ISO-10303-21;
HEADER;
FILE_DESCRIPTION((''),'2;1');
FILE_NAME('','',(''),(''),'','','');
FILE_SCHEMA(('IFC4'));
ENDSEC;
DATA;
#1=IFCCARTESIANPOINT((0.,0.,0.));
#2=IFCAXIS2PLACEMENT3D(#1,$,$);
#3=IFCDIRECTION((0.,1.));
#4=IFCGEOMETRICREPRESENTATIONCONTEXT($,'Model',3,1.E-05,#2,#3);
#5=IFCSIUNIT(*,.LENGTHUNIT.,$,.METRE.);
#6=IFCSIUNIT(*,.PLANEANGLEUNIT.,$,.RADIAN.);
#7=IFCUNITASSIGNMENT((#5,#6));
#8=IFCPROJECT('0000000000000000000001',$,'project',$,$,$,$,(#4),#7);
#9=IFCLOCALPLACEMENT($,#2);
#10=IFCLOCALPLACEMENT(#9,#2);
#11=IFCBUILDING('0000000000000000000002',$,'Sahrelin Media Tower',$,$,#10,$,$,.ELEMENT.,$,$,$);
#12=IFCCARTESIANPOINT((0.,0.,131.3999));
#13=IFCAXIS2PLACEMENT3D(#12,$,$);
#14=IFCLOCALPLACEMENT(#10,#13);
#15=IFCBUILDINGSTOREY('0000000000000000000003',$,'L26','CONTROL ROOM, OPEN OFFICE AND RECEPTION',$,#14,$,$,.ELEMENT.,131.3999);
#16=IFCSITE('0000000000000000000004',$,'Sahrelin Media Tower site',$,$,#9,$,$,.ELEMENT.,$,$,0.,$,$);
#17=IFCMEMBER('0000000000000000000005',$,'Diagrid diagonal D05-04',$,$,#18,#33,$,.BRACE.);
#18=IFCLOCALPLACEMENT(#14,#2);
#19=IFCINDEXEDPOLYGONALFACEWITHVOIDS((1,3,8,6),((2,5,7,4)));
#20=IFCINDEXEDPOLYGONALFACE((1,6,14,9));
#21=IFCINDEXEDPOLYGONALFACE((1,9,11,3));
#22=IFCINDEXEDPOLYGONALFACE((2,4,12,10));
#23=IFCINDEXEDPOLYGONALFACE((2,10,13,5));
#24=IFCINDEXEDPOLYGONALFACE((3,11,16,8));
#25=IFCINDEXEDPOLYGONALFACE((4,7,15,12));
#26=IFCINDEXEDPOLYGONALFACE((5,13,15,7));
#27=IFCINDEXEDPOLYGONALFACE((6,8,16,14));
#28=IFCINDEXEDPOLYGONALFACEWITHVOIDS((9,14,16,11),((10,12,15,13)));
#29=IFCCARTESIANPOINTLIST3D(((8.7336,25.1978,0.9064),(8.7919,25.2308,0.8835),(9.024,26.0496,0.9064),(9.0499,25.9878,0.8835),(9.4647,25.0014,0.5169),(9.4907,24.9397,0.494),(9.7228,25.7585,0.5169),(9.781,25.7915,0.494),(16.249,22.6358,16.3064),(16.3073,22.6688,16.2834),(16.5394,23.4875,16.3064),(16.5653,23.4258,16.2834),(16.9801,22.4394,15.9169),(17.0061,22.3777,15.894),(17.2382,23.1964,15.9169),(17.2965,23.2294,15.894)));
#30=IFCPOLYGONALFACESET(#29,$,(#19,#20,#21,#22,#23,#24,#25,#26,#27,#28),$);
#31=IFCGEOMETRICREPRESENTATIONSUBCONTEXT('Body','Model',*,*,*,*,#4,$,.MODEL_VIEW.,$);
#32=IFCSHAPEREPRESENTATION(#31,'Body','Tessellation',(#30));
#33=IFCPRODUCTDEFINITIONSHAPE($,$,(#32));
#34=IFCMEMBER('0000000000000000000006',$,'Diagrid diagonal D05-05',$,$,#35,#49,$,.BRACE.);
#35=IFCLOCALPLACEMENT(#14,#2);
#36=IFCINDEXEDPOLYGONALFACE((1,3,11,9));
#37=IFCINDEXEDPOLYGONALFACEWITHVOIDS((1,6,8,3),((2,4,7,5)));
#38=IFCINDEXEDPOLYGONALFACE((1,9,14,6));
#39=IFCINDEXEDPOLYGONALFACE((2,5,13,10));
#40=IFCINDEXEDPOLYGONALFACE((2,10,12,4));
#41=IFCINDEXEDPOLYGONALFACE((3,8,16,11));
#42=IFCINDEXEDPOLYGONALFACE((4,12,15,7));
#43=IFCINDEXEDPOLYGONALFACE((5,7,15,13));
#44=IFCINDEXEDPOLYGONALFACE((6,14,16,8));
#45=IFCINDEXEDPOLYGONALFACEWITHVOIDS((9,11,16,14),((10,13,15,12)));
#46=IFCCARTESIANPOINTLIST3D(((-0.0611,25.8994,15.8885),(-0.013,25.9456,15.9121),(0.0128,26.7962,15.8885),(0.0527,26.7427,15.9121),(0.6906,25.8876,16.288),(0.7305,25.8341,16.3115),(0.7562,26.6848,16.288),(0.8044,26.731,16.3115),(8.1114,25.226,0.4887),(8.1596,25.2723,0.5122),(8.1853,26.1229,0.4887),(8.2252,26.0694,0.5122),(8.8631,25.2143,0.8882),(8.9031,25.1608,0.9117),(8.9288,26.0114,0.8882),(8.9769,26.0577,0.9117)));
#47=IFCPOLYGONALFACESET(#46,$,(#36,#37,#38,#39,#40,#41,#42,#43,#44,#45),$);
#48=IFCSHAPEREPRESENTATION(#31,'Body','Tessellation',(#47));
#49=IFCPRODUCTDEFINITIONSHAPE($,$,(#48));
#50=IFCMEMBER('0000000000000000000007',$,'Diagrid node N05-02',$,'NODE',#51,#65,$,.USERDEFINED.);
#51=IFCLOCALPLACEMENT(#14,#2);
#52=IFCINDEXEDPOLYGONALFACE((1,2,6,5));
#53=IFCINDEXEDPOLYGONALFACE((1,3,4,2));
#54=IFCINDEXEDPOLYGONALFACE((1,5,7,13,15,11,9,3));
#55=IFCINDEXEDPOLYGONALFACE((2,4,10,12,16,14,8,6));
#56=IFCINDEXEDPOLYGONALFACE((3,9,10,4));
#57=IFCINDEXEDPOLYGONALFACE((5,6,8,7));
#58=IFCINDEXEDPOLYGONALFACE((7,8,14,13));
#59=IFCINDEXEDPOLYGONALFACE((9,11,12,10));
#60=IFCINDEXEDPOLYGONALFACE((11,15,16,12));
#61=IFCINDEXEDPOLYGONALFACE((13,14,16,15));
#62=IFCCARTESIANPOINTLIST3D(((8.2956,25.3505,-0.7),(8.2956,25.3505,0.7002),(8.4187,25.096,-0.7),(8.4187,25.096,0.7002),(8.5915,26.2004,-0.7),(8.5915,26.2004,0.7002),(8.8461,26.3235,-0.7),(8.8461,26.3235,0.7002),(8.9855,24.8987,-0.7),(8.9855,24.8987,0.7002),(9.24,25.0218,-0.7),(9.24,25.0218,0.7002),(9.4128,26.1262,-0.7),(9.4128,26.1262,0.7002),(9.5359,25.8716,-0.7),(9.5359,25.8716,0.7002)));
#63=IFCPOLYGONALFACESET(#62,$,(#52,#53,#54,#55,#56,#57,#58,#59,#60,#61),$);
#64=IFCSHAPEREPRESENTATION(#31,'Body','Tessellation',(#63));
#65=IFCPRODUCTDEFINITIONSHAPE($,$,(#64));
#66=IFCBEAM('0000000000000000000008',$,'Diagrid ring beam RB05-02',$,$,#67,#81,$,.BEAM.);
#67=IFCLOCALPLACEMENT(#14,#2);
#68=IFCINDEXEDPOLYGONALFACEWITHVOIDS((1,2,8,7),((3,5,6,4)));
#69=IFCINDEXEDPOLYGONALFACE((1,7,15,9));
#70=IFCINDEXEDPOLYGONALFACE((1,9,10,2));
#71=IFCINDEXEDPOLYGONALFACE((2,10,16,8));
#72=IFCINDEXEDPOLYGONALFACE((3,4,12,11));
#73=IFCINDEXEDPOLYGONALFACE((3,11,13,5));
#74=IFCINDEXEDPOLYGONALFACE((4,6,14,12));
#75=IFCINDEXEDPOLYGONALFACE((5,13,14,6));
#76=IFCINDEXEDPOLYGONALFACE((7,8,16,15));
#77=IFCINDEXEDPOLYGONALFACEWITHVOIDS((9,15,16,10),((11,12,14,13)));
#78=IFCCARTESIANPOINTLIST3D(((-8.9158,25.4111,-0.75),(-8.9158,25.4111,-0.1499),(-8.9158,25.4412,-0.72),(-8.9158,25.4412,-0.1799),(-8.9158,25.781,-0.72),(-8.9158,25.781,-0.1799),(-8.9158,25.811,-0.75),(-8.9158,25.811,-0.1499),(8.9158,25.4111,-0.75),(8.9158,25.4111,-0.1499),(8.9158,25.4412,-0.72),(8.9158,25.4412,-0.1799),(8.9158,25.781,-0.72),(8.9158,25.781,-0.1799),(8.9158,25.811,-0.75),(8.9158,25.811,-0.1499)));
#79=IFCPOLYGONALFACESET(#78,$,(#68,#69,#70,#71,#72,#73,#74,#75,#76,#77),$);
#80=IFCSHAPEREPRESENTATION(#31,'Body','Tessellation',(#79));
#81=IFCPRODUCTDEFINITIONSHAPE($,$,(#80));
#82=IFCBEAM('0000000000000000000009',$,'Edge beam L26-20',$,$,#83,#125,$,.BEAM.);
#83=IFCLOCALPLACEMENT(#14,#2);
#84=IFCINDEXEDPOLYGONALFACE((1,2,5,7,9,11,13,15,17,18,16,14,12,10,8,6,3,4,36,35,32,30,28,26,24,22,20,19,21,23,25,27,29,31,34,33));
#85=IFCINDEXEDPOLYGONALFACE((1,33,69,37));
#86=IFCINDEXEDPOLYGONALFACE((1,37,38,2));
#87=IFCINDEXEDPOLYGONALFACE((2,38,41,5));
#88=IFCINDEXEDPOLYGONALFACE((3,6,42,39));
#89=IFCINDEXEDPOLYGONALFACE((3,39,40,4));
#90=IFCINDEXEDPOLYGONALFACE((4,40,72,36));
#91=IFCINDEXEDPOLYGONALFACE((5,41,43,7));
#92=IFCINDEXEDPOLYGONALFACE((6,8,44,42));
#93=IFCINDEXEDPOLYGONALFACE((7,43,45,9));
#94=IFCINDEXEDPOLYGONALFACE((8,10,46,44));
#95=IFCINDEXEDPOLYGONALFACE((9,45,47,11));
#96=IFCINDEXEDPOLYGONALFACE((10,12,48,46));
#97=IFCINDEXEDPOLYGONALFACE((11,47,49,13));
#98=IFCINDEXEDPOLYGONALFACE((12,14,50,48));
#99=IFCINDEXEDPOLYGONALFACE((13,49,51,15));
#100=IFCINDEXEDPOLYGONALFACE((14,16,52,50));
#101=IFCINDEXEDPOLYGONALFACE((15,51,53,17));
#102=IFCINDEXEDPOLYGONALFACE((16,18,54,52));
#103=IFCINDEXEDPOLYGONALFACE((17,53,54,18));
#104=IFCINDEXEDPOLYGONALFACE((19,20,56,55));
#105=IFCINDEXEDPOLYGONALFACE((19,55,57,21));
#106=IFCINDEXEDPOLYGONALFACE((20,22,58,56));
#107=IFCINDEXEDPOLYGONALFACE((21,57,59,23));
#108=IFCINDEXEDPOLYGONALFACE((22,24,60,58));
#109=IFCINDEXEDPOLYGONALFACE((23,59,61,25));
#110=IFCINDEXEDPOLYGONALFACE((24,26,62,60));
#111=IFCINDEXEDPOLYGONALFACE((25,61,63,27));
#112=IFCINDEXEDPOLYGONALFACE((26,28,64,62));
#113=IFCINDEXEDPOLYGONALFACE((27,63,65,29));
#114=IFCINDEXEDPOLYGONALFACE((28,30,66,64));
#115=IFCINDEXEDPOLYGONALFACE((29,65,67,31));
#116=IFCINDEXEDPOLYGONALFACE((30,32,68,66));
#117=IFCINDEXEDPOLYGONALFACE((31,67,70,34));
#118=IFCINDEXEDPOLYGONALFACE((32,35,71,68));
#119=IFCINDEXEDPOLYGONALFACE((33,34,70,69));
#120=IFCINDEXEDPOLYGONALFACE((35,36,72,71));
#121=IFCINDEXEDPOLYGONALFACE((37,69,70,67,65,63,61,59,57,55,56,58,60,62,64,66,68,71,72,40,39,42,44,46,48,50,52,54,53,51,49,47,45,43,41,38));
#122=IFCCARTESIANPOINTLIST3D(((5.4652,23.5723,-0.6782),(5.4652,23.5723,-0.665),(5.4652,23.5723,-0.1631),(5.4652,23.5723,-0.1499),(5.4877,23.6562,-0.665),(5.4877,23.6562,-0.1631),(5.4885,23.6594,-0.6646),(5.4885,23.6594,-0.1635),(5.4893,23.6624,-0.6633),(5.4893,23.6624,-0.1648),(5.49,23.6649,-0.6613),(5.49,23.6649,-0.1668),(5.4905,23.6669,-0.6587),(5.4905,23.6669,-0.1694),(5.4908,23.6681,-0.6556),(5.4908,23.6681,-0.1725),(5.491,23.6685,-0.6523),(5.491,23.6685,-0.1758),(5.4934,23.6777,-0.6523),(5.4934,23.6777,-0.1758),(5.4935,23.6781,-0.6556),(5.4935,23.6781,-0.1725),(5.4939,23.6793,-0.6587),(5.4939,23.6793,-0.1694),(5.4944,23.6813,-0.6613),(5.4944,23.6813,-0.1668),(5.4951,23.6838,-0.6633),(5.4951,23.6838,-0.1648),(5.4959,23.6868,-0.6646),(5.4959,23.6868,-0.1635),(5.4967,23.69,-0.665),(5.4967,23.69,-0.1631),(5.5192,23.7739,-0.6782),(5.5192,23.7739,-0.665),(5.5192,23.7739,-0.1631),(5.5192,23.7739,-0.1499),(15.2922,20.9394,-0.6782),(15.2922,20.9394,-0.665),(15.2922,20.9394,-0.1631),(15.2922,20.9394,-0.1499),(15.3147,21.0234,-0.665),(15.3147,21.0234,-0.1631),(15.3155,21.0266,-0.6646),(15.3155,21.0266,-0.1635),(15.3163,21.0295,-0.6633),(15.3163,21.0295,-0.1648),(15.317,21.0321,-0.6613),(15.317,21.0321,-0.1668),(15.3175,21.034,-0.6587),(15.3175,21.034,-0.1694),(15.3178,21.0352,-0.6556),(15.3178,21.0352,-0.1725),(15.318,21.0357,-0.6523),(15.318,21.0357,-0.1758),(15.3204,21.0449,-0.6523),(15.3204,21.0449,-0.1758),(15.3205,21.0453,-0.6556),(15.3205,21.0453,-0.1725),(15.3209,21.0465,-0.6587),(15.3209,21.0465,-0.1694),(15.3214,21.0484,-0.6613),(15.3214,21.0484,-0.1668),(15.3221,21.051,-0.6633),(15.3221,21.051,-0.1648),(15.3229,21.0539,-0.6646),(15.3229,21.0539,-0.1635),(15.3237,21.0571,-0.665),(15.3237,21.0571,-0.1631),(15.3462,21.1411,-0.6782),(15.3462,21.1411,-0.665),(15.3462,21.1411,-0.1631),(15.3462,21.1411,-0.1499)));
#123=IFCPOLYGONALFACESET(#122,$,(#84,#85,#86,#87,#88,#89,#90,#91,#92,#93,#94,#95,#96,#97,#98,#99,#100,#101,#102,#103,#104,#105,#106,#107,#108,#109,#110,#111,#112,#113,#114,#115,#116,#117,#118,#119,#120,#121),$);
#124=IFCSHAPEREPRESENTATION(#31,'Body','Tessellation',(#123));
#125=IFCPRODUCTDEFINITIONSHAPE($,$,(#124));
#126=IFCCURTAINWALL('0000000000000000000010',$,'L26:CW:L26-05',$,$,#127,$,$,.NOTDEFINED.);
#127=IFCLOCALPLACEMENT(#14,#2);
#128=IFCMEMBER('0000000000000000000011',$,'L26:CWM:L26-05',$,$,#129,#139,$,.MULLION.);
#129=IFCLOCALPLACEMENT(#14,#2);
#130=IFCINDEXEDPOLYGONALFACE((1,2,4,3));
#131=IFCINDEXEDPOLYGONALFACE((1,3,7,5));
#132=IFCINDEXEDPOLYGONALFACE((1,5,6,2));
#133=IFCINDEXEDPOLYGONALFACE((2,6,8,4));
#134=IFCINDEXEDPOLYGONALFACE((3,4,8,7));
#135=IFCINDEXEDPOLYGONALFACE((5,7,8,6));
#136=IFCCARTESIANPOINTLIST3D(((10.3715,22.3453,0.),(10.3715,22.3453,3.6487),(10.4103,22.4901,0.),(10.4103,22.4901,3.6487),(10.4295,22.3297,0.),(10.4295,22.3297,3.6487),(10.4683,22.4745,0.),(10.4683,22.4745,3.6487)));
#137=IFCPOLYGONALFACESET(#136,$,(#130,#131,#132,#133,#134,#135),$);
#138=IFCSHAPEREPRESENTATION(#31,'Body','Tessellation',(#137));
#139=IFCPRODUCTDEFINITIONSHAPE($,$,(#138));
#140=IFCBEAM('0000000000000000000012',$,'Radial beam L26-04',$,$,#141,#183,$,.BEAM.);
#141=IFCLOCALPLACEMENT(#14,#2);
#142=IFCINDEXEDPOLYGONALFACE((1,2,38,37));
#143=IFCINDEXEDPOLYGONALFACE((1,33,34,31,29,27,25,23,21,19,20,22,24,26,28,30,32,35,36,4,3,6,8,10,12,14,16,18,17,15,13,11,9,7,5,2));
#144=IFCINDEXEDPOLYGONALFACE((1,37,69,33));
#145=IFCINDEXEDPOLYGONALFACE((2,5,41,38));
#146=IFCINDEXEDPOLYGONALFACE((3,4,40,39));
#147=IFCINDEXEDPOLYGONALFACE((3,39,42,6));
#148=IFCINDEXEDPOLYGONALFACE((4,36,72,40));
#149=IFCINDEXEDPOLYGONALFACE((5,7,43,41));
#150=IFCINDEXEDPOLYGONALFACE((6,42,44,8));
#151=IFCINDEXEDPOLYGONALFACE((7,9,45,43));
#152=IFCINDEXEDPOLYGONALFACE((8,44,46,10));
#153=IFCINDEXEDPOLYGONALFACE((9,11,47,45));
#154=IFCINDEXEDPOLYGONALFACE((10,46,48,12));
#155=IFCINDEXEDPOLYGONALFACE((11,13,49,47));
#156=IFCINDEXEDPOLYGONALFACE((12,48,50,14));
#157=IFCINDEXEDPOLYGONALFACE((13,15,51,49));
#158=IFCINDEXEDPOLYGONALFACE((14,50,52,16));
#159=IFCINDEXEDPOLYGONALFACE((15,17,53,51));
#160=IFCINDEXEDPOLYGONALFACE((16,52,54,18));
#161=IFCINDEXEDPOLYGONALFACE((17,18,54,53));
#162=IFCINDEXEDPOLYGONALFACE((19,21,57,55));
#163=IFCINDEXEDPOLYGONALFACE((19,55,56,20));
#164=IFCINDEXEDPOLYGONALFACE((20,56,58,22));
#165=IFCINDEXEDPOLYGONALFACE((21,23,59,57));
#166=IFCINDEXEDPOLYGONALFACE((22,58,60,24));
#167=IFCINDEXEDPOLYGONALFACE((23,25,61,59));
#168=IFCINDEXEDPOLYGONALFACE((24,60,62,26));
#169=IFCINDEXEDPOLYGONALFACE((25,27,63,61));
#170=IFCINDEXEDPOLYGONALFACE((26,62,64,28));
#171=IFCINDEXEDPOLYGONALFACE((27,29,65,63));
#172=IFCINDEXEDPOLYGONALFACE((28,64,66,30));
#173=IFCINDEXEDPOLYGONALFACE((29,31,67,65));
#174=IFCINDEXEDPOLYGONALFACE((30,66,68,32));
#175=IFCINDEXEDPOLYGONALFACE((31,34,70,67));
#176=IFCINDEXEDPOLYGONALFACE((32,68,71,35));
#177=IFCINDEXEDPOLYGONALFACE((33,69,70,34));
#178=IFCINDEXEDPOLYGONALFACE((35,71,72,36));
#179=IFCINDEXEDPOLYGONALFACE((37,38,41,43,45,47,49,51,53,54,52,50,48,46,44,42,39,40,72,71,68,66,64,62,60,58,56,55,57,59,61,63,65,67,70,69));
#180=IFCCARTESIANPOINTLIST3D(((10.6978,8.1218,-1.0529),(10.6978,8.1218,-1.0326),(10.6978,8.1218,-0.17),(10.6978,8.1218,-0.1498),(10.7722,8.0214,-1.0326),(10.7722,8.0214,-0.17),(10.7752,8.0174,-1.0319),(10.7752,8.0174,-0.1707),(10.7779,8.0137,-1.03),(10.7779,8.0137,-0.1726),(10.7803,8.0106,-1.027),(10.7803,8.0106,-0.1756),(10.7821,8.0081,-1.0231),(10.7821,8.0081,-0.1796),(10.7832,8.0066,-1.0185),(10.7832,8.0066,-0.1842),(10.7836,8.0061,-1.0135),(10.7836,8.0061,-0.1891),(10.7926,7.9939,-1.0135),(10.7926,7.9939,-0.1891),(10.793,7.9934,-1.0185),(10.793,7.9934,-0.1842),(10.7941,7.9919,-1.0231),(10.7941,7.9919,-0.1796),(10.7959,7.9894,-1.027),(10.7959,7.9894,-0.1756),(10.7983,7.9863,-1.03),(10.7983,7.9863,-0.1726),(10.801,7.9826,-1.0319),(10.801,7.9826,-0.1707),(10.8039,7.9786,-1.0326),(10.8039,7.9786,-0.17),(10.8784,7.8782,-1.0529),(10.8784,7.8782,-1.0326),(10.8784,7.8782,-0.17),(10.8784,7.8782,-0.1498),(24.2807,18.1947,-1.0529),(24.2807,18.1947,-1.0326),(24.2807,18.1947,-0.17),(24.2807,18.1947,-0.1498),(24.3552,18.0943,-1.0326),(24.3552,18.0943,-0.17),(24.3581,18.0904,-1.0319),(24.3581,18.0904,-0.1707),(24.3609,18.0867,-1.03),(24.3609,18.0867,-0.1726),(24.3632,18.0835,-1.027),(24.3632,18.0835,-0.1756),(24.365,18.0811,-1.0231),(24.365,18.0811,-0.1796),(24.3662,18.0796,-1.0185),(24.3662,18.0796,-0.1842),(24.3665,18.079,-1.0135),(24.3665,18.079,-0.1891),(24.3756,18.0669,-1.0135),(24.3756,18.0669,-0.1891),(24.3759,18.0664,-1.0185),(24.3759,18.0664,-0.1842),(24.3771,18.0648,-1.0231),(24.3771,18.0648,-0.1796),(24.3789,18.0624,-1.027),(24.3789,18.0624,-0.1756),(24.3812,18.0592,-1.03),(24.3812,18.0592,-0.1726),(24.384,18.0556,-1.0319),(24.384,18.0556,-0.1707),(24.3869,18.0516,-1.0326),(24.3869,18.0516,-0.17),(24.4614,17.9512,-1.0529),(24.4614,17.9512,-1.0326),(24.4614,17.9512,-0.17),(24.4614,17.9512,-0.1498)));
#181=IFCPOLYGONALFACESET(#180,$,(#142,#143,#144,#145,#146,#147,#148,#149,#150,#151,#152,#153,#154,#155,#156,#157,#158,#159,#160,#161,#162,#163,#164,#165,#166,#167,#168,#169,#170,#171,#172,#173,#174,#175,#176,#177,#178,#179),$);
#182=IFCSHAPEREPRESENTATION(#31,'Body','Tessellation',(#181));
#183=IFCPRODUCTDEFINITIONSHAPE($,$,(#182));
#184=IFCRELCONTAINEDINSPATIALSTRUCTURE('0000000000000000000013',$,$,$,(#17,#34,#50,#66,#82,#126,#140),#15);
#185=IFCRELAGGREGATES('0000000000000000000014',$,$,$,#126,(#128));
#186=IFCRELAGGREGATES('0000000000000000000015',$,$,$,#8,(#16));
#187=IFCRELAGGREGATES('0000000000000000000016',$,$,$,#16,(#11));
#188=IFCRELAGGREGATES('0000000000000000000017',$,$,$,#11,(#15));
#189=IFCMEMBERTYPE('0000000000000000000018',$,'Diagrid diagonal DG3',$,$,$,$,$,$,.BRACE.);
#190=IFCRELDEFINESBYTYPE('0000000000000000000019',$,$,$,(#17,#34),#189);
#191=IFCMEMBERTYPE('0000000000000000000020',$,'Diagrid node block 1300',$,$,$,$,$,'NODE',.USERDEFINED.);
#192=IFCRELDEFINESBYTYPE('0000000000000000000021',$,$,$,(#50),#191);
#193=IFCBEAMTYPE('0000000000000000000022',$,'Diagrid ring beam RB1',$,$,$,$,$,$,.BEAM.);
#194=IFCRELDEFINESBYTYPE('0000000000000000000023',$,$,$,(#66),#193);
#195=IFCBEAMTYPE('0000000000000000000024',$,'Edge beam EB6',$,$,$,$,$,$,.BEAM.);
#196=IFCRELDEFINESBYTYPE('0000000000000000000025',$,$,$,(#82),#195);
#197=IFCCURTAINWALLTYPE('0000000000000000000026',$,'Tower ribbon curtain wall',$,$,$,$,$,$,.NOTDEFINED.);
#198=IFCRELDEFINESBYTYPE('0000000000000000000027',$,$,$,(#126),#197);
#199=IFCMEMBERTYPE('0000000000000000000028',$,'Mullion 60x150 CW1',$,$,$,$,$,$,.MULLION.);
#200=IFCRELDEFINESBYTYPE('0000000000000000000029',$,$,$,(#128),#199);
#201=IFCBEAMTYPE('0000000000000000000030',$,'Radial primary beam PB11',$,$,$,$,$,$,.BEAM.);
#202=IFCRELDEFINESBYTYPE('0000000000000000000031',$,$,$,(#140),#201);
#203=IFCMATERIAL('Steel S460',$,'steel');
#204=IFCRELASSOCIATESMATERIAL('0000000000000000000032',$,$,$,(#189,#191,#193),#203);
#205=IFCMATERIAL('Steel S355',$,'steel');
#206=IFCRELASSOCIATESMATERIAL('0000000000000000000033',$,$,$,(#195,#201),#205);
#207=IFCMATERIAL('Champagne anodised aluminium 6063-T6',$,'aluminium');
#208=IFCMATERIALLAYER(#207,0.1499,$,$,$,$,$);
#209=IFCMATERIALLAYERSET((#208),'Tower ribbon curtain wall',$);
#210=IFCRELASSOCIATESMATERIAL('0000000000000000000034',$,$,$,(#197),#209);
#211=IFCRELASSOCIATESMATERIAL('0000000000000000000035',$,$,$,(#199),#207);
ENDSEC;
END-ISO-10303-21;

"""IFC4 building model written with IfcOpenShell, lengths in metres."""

from ifc_helpers import new_model, si_unit, direction, frame, origin, origin_2d, place, context, subcontext, project, spatial, polyline, rectangle, hollow_rectangle, i_section, outline, extrude, material, layer, layer_set, material_profile, profile_set, type_object, element, aggregate, save


model = new_model("IFC4")

# Units and contexts
model_context = context("Model", 3, precision=1e-05, world=origin(), true_north=direction((0.0, 1.0)))
body_context = subcontext(model_context, "Body", "Model", "MODEL_VIEW")
ifc_project = project(units=[si_unit("LENGTHUNIT", "METRE"), si_unit("PLANEANGLEUNIT", "RADIAN")], contexts=[model_context])

# Site, building, storey
site_placement = place(None, origin())
site = spatial("IfcSite", under=ifc_project, at=site_placement, Name="Sahrelin Media Tower site", CompositionType="ELEMENT", RefElevation=0.0)
building_placement = place(site_placement, origin())
building = spatial("IfcBuilding", under=site, at=building_placement, Name="Sahrelin Media Tower", CompositionType="ELEMENT")
storey_placement = place(building_placement, frame((0.0, 0.0, 131.3999)))
storey = spatial("IfcBuildingStorey", under=building, at=storey_placement, Name="L26", Description="CONTROL ROOM, OPEN OFFICE AND RECEPTION", CompositionType="ELEMENT", Elevation=131.3999)

# Members
ifc_material_1 = material(Name="Steel S460", Category="steel")
ifc_material_profile_1 = material_profile(ifc_material_1, hollow_rectangle(XDim=0.8999, YDim=0.8999, WallThickness=0.05, at=origin_2d()), Name="Diagrid diagonal DG3")
ifc_profile_set_1 = profile_set([ifc_material_profile_1], Name="Steel S460")
member_type_1 = type_object("IfcMemberType", Name="Diagrid diagonal DG3", PredefinedType="BRACE", material=ifc_profile_set_1)
member_1_placement = place(storey_placement, frame((9.2573, 25.4946, 0.7002), z_axis=(0.433755, -0.147868, 0.888815), x_axis=(0.322668, 0.946512, 0.0)))
element("IfcMember", 1, at=member_1_placement, inside=storey, type_object=member_type_1, Name="Diagrid diagonal D05-04", PredefinedType="BRACE", context=body_context, shape_type="SweptSolid", body=[
    extrude(hollow_rectangle(XDim=0.8999, YDim=0.8999, WallThickness=0.05, at=origin_2d()), origin(), (0.0, 0.0, 1.0), 17.3264),
])
member_2_placement = place(storey_placement, frame((8.5442, 25.6418, 0.7002), z_axis=(-0.468422, 0.038593, 0.882662), x_axis=(-0.082112, -0.996623, 0.0)))
element("IfcMember", 2, at=member_2_placement, inside=storey, type_object=member_type_1, Name="Diagrid diagonal D05-05", PredefinedType="BRACE", context=body_context, shape_type="SweptSolid", body=[
    extrude(hollow_rectangle(XDim=0.8999, YDim=0.8999, WallThickness=0.05, at=origin_2d()), origin(), (0.0, 0.0, 1.0), 17.447),
])
ifc_material_profile_2 = material_profile(ifc_material_1, outline(polyline([(0.45, -0.5), (0.6499, -0.3), (0.6499, 0.3), (0.45, 0.5), (-0.45, 0.5), (-0.6499, 0.3), (-0.6499, -0.3), (-0.45, -0.5), (0.45, -0.5)])), Name="Diagrid node block 1300")
ifc_profile_set_2 = profile_set([ifc_material_profile_2], Name="Steel S460")
member_type_2 = type_object("IfcMemberType", Name="Diagrid node block 1300", ElementType="NODE", PredefinedType="USERDEFINED", material=ifc_profile_set_2)
member_3_placement = place(storey_placement, frame((8.9158, 25.6111, -0.7), z_axis=(0.0, 0.0, 1.0), x_axis=(0.328769, 0.94441, 0.0)))
element("IfcMember", 3, at=member_3_placement, inside=storey, type_object=member_type_2, Name="Diagrid node N05-02", ObjectType="NODE", PredefinedType="USERDEFINED", context=body_context, shape_type="SweptSolid", body=[
    extrude(outline(polyline([(0.45, -0.5), (0.6499, -0.3), (0.6499, 0.3), (0.45, 0.5), (-0.45, 0.5), (-0.6499, 0.3), (-0.6499, -0.3), (-0.45, -0.5), (0.45, -0.5)])), origin(), (0.0, 0.0, 1.0), 1.4001),
])

# Beams
ifc_material_profile_3 = material_profile(ifc_material_1, hollow_rectangle(XDim=0.3999, YDim=0.6001, WallThickness=0.03, at=origin_2d()), Name="Diagrid ring beam RB1")
ifc_profile_set_3 = profile_set([ifc_material_profile_3], Name="Steel S460")
beam_type_1 = type_object("IfcBeamType", Name="Diagrid ring beam RB1", PredefinedType="BEAM", material=ifc_profile_set_3)
beam_1_placement = place(storey_placement, frame((8.9158, 25.6111, -0.45), z_axis=(-1.0, 0.0, 0.0), x_axis=(0.0, -1.0, 0.0)))
element("IfcBeam", 4, at=beam_1_placement, inside=storey, type_object=beam_type_1, Name="Diagrid ring beam RB05-02", PredefinedType="BEAM", context=body_context, shape_type="SweptSolid", body=[
    extrude(hollow_rectangle(XDim=0.3999, YDim=0.6001, WallThickness=0.03, at=origin_2d()), origin(), (0.0, 0.0, 1.0), 17.8315),
])
ifc_material_2 = material(Name="Steel S355", Category="steel")
ifc_material_profile_4 = material_profile(ifc_material_2, i_section(OverallWidth=0.2087, OverallDepth=0.5283, WebThickness=0.0095, FlangeThickness=0.0132, FilletRadius=0.0127, at=origin_2d()), Name="UB 533x210x82")
ifc_profile_set_4 = profile_set([ifc_material_profile_4], Name="Steel S355")
beam_type_2 = type_object("IfcBeamType", Name="Edge beam EB6", PredefinedType="BEAM", material=ifc_profile_set_4)
beam_2_placement = place(storey_placement, frame((5.4922, 23.6731, -0.4141), z_axis=(0.965933, -0.258792, 0.0), x_axis=(0.258792, 0.965933, 0.0)))
element("IfcBeam", 5, at=beam_2_placement, inside=storey, type_object=beam_type_2, Name="Edge beam L26-20", PredefinedType="BEAM", context=body_context, shape_type="SweptSolid", body=[
    extrude(i_section(OverallWidth=0.2087, OverallDepth=0.5283, WebThickness=0.0095, FlangeThickness=0.0132, FilletRadius=0.0127, at=origin_2d()), origin(), (0.0, 0.0, 1.0), 10.1736),
])

# Curtain wall, member
ifc_material_3 = material(Name="Champagne anodised aluminium 6063-T6", Category="aluminium")
ifc_layer_1 = layer(ifc_material_3, 0.1499)
ifc_layer_set_1 = layer_set([ifc_layer_1], Name="Tower ribbon curtain wall")
curtain_wall_type = type_object("IfcCurtainWallType", Name="Tower ribbon curtain wall", PredefinedType="NOTDEFINED", material=ifc_layer_set_1)
curtain_wall_1_placement = place(storey_placement, frame((10.4443, 22.5017, 0.0), z_axis=(0.0, 0.0, 1.0), x_axis=(1.0, 0.0, 0.0)))
curtain_wall_1 = element("IfcCurtainWall", 6, at=curtain_wall_1_placement, inside=storey, type_object=curtain_wall_type, Name="L26:CW:L26-05", PredefinedType="NOTDEFINED")
ifc_material_profile_5 = material_profile(ifc_material_3, rectangle(XDim=0.0601, YDim=0.1499, at=origin_2d()), Name="Mullion 60x150")
ifc_profile_set_5 = profile_set([ifc_material_profile_5], Name="Champagne anodised aluminium 6063-T6")
member_type_3 = type_object("IfcMemberType", Name="Mullion 60x150 CW1", PredefinedType="MULLION", material=ifc_profile_set_5)
member_4_placement = place(storey_placement, frame((10.4199, 22.4099, 0.0), z_axis=(0.0, 0.0, 1.0), x_axis=(-0.965926, 0.258817, 0.0)))
member_4 = element("IfcMember", 7, at=member_4_placement, type_object=member_type_3, Name="L26:CWM:L26-05", PredefinedType="MULLION", context=body_context, shape_type="SweptSolid", body=[
    extrude(rectangle(XDim=0.0601, YDim=0.1499, at=origin_2d()), origin(), (0.0, 0.0, 1.0), 3.6487),
])

# Beam
ifc_material_profile_6 = material_profile(ifc_material_2, i_section(OverallWidth=0.3032, OverallDepth=0.9031, WebThickness=0.0151, FlangeThickness=0.0203, FilletRadius=0.019, at=origin_2d()), Name="UB 914x305x201")
ifc_profile_set_6 = profile_set([ifc_material_profile_6], Name="Steel S355")
beam_type_3 = type_object("IfcBeamType", Name="Radial primary beam PB11", PredefinedType="BEAM", material=ifc_profile_set_6)
beam_3_placement = place(storey_placement, frame((10.7881, 8.0, -0.6013), z_axis=(0.803231, 0.595667, 0.0), x_axis=(-0.595667, 0.803231, 0.0)))
element("IfcBeam", 8, at=beam_3_placement, inside=storey, type_object=beam_type_3, Name="Radial beam L26-04", PredefinedType="BEAM", context=body_context, shape_type="SweptSolid", body=[
    extrude(i_section(OverallWidth=0.3032, OverallDepth=0.9031, WebThickness=0.0151, FlangeThickness=0.0203, FilletRadius=0.019, at=origin_2d()), origin(), (0.0, 0.0, 1.0), 16.9104),
])

aggregate(curtain_wall_1, [member_4])

save(model, "model.ifc")
